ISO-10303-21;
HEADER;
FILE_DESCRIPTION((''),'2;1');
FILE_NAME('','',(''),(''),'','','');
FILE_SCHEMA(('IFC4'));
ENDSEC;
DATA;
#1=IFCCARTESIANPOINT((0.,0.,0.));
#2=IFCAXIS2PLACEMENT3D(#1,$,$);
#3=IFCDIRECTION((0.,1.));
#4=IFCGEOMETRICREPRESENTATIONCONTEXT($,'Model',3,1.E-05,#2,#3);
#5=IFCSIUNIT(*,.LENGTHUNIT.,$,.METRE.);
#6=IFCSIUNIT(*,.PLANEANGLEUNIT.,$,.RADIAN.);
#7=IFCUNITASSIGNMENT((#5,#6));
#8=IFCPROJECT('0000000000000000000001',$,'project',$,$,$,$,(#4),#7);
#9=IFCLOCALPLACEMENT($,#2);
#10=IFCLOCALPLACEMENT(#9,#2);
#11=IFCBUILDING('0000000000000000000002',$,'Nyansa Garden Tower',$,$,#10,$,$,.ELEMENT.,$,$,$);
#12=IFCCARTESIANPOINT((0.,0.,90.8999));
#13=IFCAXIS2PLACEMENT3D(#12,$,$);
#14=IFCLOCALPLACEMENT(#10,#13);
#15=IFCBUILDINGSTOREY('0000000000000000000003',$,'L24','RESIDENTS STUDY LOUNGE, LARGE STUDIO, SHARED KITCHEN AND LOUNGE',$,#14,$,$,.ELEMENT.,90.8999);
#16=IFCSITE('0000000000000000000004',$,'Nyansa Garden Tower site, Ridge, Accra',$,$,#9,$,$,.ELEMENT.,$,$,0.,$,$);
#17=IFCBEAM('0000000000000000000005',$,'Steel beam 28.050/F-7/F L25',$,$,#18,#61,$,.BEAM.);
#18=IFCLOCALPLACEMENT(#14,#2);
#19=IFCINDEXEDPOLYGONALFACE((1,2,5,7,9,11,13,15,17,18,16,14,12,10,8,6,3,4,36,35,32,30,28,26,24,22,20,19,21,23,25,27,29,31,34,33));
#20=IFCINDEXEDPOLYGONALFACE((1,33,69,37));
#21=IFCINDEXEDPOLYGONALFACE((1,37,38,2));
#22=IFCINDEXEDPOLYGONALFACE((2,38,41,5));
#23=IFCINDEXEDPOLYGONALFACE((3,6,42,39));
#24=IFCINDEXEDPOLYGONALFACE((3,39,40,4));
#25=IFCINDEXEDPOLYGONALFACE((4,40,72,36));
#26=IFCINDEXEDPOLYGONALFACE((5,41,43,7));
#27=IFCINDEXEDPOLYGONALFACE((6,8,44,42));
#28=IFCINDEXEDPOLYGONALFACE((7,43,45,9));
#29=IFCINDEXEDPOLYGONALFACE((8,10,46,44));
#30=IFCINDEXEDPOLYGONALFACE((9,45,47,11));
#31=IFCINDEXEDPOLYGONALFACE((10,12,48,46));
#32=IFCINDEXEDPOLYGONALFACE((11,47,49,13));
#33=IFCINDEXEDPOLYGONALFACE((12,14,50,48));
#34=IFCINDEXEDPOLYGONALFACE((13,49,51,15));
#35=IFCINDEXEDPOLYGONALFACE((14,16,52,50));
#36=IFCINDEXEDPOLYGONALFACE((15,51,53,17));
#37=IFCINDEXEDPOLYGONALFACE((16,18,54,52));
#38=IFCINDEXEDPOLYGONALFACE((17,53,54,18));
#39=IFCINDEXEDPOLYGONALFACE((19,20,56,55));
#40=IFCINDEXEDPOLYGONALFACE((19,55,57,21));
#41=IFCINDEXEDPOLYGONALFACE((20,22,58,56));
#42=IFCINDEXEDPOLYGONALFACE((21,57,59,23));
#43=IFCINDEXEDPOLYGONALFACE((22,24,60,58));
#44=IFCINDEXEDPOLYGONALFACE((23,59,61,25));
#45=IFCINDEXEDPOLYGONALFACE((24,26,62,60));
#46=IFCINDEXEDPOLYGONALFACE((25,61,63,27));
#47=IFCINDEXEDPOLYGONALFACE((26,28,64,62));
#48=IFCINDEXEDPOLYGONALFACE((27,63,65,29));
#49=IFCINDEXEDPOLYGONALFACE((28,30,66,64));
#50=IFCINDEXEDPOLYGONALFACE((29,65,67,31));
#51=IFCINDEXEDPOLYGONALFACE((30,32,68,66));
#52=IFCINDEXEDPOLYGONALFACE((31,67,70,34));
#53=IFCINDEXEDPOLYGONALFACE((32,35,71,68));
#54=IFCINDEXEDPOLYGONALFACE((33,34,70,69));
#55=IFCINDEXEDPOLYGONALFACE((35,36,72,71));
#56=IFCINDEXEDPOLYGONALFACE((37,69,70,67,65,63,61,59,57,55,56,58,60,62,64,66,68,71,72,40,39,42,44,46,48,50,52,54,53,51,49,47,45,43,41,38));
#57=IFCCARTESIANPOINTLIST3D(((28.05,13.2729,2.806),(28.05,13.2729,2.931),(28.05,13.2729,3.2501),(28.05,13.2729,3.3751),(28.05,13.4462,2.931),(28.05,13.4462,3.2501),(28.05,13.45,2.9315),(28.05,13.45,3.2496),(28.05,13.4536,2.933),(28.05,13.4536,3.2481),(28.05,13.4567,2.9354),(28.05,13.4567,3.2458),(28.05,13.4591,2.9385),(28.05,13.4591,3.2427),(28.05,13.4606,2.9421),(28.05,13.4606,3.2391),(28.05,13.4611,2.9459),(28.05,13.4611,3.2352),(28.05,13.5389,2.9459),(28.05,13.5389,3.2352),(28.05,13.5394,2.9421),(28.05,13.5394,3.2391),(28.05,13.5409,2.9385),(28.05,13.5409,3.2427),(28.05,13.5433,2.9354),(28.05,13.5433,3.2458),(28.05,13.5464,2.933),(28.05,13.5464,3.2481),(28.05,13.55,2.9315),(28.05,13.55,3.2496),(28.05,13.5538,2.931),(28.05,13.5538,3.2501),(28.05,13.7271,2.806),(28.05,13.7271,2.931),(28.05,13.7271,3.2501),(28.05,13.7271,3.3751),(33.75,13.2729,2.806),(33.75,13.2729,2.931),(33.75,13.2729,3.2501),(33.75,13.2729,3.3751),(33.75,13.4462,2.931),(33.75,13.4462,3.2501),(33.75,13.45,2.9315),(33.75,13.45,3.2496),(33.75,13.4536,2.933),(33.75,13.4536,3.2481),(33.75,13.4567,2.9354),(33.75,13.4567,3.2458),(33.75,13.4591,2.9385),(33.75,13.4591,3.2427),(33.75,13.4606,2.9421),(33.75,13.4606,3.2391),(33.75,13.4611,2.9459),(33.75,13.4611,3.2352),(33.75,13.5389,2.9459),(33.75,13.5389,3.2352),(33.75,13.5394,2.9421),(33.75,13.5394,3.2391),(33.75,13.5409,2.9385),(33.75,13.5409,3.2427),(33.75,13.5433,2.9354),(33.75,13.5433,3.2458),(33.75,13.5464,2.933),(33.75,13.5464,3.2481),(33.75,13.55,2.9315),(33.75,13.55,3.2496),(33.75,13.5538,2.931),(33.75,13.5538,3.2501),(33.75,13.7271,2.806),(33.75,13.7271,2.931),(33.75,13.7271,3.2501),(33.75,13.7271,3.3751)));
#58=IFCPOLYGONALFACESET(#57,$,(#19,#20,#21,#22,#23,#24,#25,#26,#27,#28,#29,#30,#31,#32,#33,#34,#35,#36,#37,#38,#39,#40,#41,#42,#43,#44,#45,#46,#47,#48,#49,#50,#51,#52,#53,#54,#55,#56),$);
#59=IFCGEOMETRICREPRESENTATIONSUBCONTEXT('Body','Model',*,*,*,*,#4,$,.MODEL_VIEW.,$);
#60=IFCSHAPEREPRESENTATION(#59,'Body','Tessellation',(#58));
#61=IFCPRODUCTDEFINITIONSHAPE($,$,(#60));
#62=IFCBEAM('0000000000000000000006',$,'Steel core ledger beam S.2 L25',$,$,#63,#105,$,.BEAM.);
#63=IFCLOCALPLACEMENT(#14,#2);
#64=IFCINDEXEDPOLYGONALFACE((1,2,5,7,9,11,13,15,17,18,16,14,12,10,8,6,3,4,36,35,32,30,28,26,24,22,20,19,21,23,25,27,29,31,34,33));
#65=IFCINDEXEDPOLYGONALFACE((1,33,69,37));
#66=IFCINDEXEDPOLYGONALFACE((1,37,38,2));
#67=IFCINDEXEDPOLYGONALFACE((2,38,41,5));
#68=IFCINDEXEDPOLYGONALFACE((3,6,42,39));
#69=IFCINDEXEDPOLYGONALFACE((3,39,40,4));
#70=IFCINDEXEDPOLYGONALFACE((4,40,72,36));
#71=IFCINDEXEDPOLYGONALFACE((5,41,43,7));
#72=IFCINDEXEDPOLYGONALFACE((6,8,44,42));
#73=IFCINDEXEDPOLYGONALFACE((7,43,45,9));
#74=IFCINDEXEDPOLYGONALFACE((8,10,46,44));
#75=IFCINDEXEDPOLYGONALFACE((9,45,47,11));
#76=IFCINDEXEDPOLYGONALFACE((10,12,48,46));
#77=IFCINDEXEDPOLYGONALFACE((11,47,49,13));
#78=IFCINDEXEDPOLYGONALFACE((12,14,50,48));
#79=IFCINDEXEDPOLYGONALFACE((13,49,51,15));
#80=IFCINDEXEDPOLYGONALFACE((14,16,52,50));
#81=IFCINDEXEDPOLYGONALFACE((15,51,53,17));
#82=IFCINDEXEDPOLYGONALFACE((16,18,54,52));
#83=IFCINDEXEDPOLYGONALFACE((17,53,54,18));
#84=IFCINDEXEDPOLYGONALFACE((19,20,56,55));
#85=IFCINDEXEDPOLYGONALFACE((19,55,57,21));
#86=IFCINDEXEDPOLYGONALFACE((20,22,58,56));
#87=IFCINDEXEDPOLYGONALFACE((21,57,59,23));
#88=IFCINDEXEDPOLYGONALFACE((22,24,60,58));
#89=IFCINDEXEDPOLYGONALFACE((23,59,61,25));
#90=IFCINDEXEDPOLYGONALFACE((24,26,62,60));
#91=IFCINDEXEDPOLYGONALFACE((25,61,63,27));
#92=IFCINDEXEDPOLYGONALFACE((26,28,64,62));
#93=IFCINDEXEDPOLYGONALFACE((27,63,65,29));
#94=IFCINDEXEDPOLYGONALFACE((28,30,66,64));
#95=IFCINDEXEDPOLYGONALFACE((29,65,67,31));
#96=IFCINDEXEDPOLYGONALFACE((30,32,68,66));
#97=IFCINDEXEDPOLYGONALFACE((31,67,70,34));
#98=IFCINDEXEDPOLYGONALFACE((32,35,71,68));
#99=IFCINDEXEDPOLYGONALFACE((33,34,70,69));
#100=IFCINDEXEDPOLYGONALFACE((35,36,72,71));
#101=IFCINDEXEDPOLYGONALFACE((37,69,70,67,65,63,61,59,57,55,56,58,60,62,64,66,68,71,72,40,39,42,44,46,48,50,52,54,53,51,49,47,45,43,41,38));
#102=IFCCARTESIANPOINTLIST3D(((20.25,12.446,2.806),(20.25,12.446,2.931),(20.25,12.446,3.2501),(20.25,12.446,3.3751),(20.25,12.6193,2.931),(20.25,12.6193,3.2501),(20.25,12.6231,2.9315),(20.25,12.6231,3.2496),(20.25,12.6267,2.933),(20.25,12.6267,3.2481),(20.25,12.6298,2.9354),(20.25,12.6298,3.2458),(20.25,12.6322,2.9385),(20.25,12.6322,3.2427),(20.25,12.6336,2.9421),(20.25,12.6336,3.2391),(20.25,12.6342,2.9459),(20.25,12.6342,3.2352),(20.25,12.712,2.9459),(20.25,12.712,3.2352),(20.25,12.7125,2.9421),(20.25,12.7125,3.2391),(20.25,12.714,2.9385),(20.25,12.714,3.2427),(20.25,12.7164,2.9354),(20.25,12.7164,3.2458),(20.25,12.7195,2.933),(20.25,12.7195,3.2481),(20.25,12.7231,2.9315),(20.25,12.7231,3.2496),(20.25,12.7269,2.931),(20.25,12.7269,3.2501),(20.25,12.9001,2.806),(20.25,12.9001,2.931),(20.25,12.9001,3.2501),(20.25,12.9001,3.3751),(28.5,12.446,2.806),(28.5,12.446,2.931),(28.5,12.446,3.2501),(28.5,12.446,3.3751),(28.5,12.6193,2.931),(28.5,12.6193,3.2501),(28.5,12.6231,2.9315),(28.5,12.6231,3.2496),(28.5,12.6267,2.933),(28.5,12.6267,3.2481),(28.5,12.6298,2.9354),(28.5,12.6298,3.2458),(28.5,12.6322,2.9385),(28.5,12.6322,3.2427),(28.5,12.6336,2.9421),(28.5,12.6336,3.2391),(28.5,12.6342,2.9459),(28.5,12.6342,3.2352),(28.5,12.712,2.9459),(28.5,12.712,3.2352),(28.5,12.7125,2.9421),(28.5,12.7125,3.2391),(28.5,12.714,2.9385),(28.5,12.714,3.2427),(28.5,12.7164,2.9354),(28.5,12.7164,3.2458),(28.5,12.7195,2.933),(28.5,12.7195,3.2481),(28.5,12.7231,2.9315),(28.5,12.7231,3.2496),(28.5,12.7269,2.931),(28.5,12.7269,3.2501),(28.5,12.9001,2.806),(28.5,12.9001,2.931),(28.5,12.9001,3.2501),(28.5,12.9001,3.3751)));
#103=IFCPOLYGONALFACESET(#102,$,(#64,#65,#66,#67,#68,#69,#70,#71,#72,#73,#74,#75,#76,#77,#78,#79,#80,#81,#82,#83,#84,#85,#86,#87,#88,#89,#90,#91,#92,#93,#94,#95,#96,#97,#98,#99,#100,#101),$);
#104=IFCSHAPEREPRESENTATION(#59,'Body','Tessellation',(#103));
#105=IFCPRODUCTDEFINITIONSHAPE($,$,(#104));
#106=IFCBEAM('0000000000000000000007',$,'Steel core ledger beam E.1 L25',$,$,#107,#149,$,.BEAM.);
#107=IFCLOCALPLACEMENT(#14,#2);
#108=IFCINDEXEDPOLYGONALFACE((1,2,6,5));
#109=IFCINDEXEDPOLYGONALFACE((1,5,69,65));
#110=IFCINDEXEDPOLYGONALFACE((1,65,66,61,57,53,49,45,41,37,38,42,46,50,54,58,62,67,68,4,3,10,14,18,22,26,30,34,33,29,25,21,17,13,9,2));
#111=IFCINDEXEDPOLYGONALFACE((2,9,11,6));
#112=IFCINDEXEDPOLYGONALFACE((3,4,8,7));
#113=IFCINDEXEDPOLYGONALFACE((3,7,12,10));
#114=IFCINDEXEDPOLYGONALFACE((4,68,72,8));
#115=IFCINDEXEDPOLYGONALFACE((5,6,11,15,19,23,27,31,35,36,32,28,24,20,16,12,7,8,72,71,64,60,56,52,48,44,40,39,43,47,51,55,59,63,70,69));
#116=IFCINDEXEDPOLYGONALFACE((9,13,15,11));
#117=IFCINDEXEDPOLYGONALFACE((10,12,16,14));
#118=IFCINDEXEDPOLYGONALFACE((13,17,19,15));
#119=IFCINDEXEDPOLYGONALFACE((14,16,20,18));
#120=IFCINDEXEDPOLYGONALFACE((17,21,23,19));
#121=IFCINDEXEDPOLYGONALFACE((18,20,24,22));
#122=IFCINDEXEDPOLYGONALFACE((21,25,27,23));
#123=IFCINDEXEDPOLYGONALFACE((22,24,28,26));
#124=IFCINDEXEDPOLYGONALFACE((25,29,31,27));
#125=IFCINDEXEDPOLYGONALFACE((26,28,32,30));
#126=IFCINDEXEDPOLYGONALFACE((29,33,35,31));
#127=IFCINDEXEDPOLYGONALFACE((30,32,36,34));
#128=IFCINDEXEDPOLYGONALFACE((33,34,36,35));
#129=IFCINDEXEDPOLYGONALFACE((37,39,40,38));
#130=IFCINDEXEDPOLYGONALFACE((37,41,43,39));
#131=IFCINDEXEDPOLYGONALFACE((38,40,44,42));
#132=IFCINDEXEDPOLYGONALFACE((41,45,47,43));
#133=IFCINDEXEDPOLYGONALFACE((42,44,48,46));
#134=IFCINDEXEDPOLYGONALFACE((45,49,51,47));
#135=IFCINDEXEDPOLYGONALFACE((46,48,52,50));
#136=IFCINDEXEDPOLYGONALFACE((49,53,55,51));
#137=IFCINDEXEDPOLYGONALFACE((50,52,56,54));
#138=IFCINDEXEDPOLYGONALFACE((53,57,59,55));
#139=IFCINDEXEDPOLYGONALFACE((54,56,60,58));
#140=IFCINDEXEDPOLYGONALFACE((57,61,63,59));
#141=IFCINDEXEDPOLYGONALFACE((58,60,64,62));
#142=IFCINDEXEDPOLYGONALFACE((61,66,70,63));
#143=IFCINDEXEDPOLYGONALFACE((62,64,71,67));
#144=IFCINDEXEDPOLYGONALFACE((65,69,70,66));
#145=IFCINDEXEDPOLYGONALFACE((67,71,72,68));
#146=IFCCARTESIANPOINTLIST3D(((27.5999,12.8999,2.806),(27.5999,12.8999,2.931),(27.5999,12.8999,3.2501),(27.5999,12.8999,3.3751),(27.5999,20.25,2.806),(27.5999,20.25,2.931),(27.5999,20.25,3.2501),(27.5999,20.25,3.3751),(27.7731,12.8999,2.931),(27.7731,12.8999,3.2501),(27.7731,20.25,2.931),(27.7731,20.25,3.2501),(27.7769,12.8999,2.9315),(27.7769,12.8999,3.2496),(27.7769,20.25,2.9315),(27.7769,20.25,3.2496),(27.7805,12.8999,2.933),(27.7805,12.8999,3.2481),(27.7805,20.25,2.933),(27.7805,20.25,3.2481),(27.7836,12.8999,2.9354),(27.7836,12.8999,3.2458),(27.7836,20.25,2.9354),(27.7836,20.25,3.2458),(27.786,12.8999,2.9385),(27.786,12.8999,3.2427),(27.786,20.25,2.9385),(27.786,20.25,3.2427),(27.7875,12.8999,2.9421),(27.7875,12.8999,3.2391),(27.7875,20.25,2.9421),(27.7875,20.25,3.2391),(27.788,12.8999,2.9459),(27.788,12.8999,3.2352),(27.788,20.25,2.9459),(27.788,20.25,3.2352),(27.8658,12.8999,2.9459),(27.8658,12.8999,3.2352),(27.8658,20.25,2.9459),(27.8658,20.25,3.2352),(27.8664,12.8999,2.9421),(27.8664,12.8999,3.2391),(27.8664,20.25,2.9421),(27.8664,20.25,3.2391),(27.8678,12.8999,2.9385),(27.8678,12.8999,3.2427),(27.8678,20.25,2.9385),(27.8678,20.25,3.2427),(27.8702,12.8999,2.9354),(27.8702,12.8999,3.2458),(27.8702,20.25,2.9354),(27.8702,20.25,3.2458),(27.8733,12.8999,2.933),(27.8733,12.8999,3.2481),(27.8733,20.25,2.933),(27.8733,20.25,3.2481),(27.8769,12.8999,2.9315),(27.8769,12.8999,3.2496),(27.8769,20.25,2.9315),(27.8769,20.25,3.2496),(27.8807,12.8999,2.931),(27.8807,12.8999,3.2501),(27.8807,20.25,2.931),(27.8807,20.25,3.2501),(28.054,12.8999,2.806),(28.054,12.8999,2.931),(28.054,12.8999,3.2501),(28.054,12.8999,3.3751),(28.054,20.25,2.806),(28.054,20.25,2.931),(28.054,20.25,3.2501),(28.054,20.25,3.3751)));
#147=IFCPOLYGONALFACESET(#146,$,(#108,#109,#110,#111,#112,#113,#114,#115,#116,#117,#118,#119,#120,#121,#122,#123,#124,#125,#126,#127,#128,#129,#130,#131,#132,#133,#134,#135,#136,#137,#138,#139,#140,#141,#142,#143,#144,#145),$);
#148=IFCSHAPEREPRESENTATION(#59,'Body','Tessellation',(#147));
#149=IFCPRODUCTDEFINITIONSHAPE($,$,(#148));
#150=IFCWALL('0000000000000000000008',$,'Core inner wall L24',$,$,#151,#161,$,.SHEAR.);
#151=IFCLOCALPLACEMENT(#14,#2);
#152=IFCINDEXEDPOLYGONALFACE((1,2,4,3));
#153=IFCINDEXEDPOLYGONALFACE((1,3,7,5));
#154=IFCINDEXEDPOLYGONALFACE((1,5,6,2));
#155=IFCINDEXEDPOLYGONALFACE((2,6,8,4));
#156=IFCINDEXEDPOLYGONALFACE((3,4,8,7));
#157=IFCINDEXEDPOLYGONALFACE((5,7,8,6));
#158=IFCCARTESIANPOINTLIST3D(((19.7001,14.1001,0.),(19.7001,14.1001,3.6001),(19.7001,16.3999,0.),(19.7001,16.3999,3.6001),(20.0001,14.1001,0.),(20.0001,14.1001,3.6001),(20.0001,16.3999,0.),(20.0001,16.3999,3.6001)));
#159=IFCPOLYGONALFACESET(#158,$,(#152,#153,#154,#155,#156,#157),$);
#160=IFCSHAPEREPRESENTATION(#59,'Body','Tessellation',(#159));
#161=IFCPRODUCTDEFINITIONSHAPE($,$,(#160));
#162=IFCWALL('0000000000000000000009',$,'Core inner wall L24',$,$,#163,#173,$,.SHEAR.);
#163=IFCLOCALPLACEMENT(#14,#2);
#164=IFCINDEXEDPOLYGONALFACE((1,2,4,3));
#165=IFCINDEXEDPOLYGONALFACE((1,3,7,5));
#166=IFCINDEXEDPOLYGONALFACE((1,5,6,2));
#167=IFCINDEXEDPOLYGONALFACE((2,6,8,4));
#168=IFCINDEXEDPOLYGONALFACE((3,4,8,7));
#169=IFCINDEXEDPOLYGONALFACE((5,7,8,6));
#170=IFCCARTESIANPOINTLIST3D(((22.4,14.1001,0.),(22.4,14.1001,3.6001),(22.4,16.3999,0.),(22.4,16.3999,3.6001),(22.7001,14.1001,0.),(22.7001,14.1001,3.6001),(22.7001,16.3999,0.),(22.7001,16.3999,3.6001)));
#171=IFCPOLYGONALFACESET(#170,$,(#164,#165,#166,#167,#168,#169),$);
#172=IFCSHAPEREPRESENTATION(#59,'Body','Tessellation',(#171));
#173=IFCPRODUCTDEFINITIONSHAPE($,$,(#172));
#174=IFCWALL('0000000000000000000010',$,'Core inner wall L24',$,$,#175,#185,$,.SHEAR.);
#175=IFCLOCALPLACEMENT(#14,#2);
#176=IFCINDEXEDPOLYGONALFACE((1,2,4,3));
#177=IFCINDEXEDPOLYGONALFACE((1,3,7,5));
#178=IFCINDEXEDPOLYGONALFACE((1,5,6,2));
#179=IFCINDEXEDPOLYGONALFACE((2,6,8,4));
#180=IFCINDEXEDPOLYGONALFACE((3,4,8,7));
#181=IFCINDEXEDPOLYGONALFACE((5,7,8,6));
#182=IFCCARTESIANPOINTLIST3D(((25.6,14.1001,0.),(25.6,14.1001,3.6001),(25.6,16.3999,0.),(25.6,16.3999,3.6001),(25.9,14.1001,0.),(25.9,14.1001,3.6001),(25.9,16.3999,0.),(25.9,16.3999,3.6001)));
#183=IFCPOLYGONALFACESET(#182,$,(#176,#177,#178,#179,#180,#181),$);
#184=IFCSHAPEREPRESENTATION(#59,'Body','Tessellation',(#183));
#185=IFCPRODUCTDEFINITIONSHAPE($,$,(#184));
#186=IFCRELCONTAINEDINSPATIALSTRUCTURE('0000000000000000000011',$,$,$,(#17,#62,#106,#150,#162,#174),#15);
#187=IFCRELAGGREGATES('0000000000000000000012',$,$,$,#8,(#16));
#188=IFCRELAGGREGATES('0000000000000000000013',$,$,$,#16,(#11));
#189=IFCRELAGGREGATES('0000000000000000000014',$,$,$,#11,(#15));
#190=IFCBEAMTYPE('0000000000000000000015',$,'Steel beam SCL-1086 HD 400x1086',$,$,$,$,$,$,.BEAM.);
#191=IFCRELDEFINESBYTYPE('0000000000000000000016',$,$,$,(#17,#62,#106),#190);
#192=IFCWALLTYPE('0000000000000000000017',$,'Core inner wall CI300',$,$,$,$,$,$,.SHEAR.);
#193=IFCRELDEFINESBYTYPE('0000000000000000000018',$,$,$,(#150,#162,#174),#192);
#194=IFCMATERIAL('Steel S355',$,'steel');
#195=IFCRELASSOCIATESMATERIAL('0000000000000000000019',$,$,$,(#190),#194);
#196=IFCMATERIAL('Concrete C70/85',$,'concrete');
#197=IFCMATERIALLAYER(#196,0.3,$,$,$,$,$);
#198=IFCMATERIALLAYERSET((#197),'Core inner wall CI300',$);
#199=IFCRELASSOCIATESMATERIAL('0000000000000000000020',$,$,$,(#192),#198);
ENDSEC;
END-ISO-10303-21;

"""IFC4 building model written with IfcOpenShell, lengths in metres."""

from ifc_helpers import new_model, si_unit, direction, frame, frame_2d, origin, origin_2d, place, context, subcontext, project, spatial, rectangle, i_section, extrude, material, layer, layer_set, material_profile, profile_set, type_object, element, save


model = new_model("IFC4")

# Units and contexts
model_context = context("Model", 3, precision=1e-05, world=origin(), true_north=direction((0.0, 1.0)))
body_context = subcontext(model_context, "Body", "Model", "MODEL_VIEW")
ifc_project = project(units=[si_unit("LENGTHUNIT", "METRE"), si_unit("PLANEANGLEUNIT", "RADIAN")], contexts=[model_context])

# Site, building, storey
site_placement = place(None, origin())
site = spatial("IfcSite", under=ifc_project, at=site_placement, Name="Nyansa Garden Tower site, Ridge, Accra", CompositionType="ELEMENT", RefElevation=0.0)
building_placement = place(site_placement, origin())
building = spatial("IfcBuilding", under=site, at=building_placement, Name="Nyansa Garden Tower", CompositionType="ELEMENT")
storey_placement = place(building_placement, frame((0.0, 0.0, 90.8999)))
storey = spatial("IfcBuildingStorey", under=building, at=storey_placement, Name="L24", Description="RESIDENTS STUDY LOUNGE, LARGE STUDIO, SHARED KITCHEN AND LOUNGE", CompositionType="ELEMENT", Elevation=90.8999)

# Beams
ifc_material_1 = material(Name="Steel S355", Category="steel")
ifc_material_profile_1 = material_profile(ifc_material_1, i_section(OverallWidth=0.4541, OverallDepth=0.5691, WebThickness=0.0779, FlangeThickness=0.125, FilletRadius=0.0149, at=origin_2d()), Name="HD 400x1086")
ifc_profile_set_1 = profile_set([ifc_material_profile_1], Name="Steel S355")
beam_type_1 = type_object("IfcBeamType", Name="Steel beam SCL-1086 HD 400x1086", PredefinedType="BEAM", material=ifc_profile_set_1)
for number, where, z_axis, x_axis, name in (
    (1, (28.05, 13.5, 3.0906), (1.0, 0.0, 0.0), (0.0, 1.0, 0.0), "Steel beam 28.050/F-7/F L25"),
):
    element("IfcBeam", number, at=place(storey_placement, frame(where, z_axis=z_axis, x_axis=x_axis)), inside=storey, type_object=beam_type_1, Name=name, PredefinedType="BEAM", context=body_context, shape_type="SweptSolid", body=[
        extrude(i_section(OverallWidth=0.4541, OverallDepth=0.5691, WebThickness=0.0779, FlangeThickness=0.125, FilletRadius=0.0149, at=origin_2d()), origin(), (0.0, 0.0, 1.0), 5.7),
    ])
beam_1_placement = place(storey_placement, frame((20.25, 12.6731, 3.0906), z_axis=(1.0, 0.0, 0.0), x_axis=(0.0, 1.0, 0.0)))
element("IfcBeam", 2, at=beam_1_placement, inside=storey, type_object=beam_type_1, Name="Steel core ledger beam S.2 L25", PredefinedType="BEAM", context=body_context, shape_type="SweptSolid", body=[
    extrude(i_section(OverallWidth=0.4541, OverallDepth=0.5691, WebThickness=0.0779, FlangeThickness=0.125, FilletRadius=0.0149, at=origin_2d()), origin(), (0.0, 0.0, 1.0), 8.25),
])
beam_2_placement = place(storey_placement, frame((27.8269, 12.8999, 3.0906), z_axis=(0.0, 1.0, 0.0), x_axis=(-1.0, 0.0, 0.0)))
element("IfcBeam", 3, at=beam_2_placement, inside=storey, type_object=beam_type_1, Name="Steel core ledger beam E.1 L25", PredefinedType="BEAM", context=body_context, shape_type="SweptSolid", body=[
    extrude(i_section(OverallWidth=0.4541, OverallDepth=0.5691, WebThickness=0.0779, FlangeThickness=0.125, FilletRadius=0.0149, at=origin_2d()), origin(), (0.0, 0.0, 1.0), 7.3501),
])

# Walls
ifc_material_2 = material(Name="Concrete C70/85", Category="concrete")
ifc_layer_1 = layer(ifc_material_2, 0.3)
ifc_layer_set_1 = layer_set([ifc_layer_1], Name="Core inner wall CI300")
wall_type_1 = type_object("IfcWallType", Name="Core inner wall CI300", PredefinedType="SHEAR", material=ifc_layer_set_1)
for number, where, z_axis, x_axis, name in (
    (4, (19.8501, 14.1001, 0.0), (0.0, 0.0, 1.0), (0.0, 1.0, 0.0), "Core inner wall L24"),
    (5, (22.55, 14.1001, 0.0), (0.0, 0.0, 1.0), (0.0, 1.0, 0.0), "Core inner wall L24"),
    (6, (25.75, 14.1001, 0.0), (0.0, 0.0, 1.0), (0.0, 1.0, 0.0), "Core inner wall L24"),
):
    element("IfcWall", number, at=place(storey_placement, frame(where, z_axis=z_axis, x_axis=x_axis)), inside=storey, type_object=wall_type_1, Name=name, PredefinedType="SHEAR", context=body_context, shape_type="SweptSolid", body=[
        extrude(rectangle(XDim=2.2998, YDim=0.3, at=frame_2d((1.1499, 0.0))), origin(), (0.0, 0.0, 1.0), 3.6001),
    ])

save(model, "model.ifc")
